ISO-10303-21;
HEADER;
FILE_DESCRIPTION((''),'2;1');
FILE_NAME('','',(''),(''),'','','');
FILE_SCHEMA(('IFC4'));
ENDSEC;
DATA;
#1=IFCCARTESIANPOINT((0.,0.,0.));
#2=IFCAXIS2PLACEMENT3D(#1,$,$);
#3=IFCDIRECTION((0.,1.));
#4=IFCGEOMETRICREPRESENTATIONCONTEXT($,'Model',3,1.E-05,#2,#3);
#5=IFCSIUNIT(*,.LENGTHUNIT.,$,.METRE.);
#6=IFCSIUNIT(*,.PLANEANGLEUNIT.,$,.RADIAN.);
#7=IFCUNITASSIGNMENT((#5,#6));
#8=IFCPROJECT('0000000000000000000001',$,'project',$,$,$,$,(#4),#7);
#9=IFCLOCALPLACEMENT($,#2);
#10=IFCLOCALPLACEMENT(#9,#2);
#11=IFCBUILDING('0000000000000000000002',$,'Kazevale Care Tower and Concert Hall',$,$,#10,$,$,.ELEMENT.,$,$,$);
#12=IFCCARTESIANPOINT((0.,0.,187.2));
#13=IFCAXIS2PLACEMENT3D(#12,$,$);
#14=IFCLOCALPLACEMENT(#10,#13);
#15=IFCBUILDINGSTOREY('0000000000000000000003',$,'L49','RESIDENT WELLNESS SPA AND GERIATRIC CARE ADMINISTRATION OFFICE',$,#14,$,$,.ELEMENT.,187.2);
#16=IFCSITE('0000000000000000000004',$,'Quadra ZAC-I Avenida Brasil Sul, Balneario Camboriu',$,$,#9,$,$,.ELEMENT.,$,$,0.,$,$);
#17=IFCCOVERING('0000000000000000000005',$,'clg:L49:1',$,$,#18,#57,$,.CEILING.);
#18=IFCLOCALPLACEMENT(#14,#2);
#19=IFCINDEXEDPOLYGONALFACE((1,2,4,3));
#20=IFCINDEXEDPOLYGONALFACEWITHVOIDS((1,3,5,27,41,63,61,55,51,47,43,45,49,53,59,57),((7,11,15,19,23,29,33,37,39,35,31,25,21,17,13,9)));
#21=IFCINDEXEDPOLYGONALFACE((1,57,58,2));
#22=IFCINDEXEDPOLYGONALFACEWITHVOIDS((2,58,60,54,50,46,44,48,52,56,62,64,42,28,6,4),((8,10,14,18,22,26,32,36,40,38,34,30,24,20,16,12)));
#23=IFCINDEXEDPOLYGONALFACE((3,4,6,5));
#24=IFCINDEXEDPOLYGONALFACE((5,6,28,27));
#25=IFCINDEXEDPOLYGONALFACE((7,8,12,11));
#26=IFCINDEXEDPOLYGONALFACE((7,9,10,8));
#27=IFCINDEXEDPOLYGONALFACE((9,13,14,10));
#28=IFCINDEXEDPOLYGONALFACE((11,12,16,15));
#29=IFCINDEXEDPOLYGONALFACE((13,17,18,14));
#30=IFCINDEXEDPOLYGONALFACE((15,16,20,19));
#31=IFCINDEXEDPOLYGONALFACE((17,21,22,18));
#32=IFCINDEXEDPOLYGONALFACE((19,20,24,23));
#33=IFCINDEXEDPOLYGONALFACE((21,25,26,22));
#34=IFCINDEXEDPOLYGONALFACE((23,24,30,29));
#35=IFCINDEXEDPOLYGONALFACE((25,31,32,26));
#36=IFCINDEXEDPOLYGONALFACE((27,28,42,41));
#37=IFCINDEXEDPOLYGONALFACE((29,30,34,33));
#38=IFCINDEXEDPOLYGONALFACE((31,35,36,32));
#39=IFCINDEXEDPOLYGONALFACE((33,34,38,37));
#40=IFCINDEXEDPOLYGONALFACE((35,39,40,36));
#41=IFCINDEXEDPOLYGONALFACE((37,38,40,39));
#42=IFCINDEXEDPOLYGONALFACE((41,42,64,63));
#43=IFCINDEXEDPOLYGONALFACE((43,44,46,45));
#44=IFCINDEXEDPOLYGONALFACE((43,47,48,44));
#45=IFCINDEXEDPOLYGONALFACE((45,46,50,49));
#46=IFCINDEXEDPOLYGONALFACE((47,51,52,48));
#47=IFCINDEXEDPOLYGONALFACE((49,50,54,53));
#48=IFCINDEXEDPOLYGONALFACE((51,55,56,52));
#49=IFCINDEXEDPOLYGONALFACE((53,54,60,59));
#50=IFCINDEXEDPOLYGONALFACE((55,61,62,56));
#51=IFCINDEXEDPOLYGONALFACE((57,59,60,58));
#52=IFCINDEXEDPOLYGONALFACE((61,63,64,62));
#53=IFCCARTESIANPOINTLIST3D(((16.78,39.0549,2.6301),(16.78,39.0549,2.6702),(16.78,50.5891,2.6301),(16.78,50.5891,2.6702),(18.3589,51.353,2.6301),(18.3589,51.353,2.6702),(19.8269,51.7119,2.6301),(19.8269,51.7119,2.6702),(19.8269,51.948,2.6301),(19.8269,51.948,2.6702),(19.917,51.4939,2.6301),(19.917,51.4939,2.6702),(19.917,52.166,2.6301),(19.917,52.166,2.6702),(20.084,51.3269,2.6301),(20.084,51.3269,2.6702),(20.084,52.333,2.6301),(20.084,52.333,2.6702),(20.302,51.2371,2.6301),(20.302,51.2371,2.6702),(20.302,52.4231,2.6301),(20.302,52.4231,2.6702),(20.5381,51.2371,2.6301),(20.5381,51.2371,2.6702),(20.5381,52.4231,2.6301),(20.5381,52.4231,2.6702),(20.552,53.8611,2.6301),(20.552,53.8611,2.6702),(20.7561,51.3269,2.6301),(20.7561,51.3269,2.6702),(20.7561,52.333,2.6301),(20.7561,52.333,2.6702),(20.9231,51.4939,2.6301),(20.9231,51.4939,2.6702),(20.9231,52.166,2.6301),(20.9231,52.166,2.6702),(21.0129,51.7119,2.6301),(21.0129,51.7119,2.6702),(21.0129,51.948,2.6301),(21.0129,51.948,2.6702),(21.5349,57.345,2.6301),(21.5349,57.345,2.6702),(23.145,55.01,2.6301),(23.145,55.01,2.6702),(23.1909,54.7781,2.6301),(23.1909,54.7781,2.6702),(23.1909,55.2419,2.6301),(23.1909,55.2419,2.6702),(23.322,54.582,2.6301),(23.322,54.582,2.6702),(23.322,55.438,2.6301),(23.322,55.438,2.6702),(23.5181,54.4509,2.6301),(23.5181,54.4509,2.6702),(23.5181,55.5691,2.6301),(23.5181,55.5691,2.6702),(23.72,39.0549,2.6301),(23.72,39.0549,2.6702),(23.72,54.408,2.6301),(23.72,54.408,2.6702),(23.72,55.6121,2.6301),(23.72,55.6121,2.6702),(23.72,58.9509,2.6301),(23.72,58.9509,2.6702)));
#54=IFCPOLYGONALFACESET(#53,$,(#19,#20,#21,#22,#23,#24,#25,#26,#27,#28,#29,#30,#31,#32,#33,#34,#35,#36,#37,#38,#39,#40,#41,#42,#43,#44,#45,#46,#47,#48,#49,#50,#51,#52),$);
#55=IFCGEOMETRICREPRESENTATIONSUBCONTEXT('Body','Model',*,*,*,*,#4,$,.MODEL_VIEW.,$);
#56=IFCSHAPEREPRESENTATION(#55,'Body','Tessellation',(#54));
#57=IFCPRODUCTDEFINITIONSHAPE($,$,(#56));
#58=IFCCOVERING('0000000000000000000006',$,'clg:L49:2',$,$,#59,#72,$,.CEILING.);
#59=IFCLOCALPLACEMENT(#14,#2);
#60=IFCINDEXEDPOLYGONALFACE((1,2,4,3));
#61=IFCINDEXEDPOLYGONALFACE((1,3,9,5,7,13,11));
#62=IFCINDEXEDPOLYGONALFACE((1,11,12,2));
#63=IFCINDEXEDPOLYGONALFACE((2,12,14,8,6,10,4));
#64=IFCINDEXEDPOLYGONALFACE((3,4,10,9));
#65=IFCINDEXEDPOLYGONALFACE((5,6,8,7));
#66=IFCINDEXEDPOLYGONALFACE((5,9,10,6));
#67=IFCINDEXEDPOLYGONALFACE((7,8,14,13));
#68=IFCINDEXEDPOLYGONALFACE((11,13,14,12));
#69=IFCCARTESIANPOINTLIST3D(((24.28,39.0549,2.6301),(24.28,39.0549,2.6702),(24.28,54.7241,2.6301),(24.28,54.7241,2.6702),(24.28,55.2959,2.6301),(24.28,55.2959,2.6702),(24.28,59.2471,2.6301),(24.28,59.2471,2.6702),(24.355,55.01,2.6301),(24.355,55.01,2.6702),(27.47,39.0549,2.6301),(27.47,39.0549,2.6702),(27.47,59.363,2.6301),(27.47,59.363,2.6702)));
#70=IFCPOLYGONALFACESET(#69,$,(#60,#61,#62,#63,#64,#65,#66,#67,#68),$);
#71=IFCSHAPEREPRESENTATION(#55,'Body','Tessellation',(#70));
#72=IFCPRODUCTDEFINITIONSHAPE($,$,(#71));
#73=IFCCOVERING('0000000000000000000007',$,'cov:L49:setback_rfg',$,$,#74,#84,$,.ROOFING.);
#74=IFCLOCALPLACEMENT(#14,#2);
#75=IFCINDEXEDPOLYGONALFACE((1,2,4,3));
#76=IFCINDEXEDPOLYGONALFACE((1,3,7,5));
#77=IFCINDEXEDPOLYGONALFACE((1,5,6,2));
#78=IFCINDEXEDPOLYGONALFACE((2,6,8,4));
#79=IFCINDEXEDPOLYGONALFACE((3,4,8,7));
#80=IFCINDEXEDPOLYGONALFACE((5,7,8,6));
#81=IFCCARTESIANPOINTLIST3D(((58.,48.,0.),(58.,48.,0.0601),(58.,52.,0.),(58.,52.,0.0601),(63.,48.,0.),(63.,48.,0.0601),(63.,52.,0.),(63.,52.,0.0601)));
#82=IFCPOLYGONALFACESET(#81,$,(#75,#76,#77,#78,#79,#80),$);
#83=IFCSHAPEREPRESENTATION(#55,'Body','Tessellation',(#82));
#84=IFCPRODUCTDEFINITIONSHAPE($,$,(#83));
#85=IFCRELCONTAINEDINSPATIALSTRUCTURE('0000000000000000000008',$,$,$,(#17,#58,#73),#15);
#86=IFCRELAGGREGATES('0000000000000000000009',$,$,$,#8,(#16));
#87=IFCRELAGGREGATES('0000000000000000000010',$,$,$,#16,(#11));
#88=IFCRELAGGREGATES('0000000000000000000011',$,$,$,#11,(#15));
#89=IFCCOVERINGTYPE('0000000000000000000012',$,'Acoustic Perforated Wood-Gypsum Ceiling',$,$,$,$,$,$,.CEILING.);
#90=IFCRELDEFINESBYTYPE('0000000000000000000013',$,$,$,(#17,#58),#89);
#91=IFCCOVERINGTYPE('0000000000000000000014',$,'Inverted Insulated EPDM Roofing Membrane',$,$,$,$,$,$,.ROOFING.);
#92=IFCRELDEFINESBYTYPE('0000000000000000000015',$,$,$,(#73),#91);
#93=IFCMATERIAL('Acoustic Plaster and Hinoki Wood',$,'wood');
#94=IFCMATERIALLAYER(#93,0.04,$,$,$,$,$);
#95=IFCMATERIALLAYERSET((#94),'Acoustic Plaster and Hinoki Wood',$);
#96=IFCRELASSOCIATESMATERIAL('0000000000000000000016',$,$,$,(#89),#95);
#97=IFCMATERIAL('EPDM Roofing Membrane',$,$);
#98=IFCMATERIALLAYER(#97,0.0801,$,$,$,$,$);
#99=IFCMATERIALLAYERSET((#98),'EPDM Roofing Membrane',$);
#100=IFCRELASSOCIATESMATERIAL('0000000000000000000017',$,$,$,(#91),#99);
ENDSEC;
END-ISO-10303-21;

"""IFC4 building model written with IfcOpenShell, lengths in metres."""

from ifc_helpers import new_model, si_unit, direction, frame, origin, place, context, subcontext, project, spatial, polyline, outline, extrude, material, layer, layer_set, type_object, element, save


model = new_model("IFC4")

# Units and contexts
model_context = context("Model", 3, precision=1e-05, world=origin(), true_north=direction((0.0, 1.0)))
body_context = subcontext(model_context, "Body", "Model", "MODEL_VIEW")
ifc_project = project(units=[si_unit("LENGTHUNIT", "METRE"), si_unit("PLANEANGLEUNIT", "RADIAN")], contexts=[model_context])

# Site, building, storey
site_placement = place(None, origin())
site = spatial("IfcSite", under=ifc_project, at=site_placement, Name="Quadra ZAC-I Avenida Brasil Sul, Balneario Camboriu", CompositionType="ELEMENT", RefElevation=0.0)
building_placement = place(site_placement, origin())
building = spatial("IfcBuilding", under=site, at=building_placement, Name="Kazevale Care Tower and Concert Hall", CompositionType="ELEMENT")
storey_placement = place(building_placement, frame((0.0, 0.0, 187.2)))
storey = spatial("IfcBuildingStorey", under=building, at=storey_placement, Name="L49", Description="RESIDENT WELLNESS SPA AND GERIATRIC CARE ADMINISTRATION OFFICE", CompositionType="ELEMENT", Elevation=187.2)

# Coverings
ifc_material_1 = material(Name="Acoustic Plaster and Hinoki Wood", Category="wood")
ifc_layer_1 = layer(ifc_material_1, 0.04)
ifc_layer_set_1 = layer_set([ifc_layer_1], Name="Acoustic Plaster and Hinoki Wood")
covering_type_1 = type_object("IfcCoveringType", Name="Acoustic Perforated Wood-Gypsum Ceiling", PredefinedType="CEILING", material=ifc_layer_set_1)
covering_1_placement = place(storey_placement, frame((0.0, 0.0, 2.6301)))
element("IfcCovering", 1, at=covering_1_placement, inside=storey, type_object=covering_type_1, Name="clg:L49:1", PredefinedType="CEILING", context=body_context, shape_type="SweptSolid", body=[
    extrude(outline(polyline([(18.3589, 51.353), (20.552, 53.8611), (21.5349, 57.345), (23.72, 58.9509), (23.72, 55.6121), (23.5181, 55.5691), (23.322, 55.438), (23.1909, 55.2419), (23.145, 55.01), (23.1909, 54.7781), (23.322, 54.582), (23.5181, 54.4509), (23.72, 54.408), (23.72, 39.0549), (16.78, 39.0549), (16.78, 50.5891), (18.3589, 51.353)]), holes=[polyline([(21.0129, 51.948), (20.9231, 52.166), (20.7561, 52.333), (20.5381, 52.4231), (20.302, 52.4231), (20.084, 52.333), (19.917, 52.166), (19.8269, 51.948), (19.8269, 51.7119), (19.917, 51.4939), (20.084, 51.3269), (20.302, 51.2371), (20.5381, 51.2371), (20.7561, 51.3269), (20.9231, 51.4939), (21.0129, 51.7119), (21.0129, 51.948)])]), origin(), (0.0, 0.0, 1.0), 0.04),
])
covering_2_placement = place(storey_placement, frame((0.0, 0.0, 2.6301)))
element("IfcCovering", 2, at=covering_2_placement, inside=storey, type_object=covering_type_1, Name="clg:L49:2", PredefinedType="CEILING", context=body_context, shape_type="SweptSolid", body=[
    extrude(outline(polyline([(27.47, 59.363), (27.47, 39.0549), (24.28, 39.0549), (24.28, 54.7241), (24.355, 55.01), (24.28, 55.2959), (24.28, 59.2471), (27.47, 59.363)])), origin(), (0.0, 0.0, 1.0), 0.04),
])
ifc_material_2 = material(Name="EPDM Roofing Membrane")
ifc_layer_2 = layer(ifc_material_2, 0.0801)
ifc_layer_set_2 = layer_set([ifc_layer_2], Name="EPDM Roofing Membrane")
covering_type_2 = type_object("IfcCoveringType", Name="Inverted Insulated EPDM Roofing Membrane", PredefinedType="ROOFING", material=ifc_layer_set_2)
covering_3_placement = place(storey_placement, origin())
element("IfcCovering", 3, at=covering_3_placement, inside=storey, type_object=covering_type_2, Name="cov:L49:setback_rfg", PredefinedType="ROOFING", context=body_context, shape_type="SweptSolid", body=[
    extrude(outline(polyline([(58.0, 52.0), (63.0, 52.0), (63.0, 48.0), (58.0, 48.0), (58.0, 52.0)])), origin(), (0.0, 0.0, 1.0), 0.0601),
])

save(model, "model.ifc")
